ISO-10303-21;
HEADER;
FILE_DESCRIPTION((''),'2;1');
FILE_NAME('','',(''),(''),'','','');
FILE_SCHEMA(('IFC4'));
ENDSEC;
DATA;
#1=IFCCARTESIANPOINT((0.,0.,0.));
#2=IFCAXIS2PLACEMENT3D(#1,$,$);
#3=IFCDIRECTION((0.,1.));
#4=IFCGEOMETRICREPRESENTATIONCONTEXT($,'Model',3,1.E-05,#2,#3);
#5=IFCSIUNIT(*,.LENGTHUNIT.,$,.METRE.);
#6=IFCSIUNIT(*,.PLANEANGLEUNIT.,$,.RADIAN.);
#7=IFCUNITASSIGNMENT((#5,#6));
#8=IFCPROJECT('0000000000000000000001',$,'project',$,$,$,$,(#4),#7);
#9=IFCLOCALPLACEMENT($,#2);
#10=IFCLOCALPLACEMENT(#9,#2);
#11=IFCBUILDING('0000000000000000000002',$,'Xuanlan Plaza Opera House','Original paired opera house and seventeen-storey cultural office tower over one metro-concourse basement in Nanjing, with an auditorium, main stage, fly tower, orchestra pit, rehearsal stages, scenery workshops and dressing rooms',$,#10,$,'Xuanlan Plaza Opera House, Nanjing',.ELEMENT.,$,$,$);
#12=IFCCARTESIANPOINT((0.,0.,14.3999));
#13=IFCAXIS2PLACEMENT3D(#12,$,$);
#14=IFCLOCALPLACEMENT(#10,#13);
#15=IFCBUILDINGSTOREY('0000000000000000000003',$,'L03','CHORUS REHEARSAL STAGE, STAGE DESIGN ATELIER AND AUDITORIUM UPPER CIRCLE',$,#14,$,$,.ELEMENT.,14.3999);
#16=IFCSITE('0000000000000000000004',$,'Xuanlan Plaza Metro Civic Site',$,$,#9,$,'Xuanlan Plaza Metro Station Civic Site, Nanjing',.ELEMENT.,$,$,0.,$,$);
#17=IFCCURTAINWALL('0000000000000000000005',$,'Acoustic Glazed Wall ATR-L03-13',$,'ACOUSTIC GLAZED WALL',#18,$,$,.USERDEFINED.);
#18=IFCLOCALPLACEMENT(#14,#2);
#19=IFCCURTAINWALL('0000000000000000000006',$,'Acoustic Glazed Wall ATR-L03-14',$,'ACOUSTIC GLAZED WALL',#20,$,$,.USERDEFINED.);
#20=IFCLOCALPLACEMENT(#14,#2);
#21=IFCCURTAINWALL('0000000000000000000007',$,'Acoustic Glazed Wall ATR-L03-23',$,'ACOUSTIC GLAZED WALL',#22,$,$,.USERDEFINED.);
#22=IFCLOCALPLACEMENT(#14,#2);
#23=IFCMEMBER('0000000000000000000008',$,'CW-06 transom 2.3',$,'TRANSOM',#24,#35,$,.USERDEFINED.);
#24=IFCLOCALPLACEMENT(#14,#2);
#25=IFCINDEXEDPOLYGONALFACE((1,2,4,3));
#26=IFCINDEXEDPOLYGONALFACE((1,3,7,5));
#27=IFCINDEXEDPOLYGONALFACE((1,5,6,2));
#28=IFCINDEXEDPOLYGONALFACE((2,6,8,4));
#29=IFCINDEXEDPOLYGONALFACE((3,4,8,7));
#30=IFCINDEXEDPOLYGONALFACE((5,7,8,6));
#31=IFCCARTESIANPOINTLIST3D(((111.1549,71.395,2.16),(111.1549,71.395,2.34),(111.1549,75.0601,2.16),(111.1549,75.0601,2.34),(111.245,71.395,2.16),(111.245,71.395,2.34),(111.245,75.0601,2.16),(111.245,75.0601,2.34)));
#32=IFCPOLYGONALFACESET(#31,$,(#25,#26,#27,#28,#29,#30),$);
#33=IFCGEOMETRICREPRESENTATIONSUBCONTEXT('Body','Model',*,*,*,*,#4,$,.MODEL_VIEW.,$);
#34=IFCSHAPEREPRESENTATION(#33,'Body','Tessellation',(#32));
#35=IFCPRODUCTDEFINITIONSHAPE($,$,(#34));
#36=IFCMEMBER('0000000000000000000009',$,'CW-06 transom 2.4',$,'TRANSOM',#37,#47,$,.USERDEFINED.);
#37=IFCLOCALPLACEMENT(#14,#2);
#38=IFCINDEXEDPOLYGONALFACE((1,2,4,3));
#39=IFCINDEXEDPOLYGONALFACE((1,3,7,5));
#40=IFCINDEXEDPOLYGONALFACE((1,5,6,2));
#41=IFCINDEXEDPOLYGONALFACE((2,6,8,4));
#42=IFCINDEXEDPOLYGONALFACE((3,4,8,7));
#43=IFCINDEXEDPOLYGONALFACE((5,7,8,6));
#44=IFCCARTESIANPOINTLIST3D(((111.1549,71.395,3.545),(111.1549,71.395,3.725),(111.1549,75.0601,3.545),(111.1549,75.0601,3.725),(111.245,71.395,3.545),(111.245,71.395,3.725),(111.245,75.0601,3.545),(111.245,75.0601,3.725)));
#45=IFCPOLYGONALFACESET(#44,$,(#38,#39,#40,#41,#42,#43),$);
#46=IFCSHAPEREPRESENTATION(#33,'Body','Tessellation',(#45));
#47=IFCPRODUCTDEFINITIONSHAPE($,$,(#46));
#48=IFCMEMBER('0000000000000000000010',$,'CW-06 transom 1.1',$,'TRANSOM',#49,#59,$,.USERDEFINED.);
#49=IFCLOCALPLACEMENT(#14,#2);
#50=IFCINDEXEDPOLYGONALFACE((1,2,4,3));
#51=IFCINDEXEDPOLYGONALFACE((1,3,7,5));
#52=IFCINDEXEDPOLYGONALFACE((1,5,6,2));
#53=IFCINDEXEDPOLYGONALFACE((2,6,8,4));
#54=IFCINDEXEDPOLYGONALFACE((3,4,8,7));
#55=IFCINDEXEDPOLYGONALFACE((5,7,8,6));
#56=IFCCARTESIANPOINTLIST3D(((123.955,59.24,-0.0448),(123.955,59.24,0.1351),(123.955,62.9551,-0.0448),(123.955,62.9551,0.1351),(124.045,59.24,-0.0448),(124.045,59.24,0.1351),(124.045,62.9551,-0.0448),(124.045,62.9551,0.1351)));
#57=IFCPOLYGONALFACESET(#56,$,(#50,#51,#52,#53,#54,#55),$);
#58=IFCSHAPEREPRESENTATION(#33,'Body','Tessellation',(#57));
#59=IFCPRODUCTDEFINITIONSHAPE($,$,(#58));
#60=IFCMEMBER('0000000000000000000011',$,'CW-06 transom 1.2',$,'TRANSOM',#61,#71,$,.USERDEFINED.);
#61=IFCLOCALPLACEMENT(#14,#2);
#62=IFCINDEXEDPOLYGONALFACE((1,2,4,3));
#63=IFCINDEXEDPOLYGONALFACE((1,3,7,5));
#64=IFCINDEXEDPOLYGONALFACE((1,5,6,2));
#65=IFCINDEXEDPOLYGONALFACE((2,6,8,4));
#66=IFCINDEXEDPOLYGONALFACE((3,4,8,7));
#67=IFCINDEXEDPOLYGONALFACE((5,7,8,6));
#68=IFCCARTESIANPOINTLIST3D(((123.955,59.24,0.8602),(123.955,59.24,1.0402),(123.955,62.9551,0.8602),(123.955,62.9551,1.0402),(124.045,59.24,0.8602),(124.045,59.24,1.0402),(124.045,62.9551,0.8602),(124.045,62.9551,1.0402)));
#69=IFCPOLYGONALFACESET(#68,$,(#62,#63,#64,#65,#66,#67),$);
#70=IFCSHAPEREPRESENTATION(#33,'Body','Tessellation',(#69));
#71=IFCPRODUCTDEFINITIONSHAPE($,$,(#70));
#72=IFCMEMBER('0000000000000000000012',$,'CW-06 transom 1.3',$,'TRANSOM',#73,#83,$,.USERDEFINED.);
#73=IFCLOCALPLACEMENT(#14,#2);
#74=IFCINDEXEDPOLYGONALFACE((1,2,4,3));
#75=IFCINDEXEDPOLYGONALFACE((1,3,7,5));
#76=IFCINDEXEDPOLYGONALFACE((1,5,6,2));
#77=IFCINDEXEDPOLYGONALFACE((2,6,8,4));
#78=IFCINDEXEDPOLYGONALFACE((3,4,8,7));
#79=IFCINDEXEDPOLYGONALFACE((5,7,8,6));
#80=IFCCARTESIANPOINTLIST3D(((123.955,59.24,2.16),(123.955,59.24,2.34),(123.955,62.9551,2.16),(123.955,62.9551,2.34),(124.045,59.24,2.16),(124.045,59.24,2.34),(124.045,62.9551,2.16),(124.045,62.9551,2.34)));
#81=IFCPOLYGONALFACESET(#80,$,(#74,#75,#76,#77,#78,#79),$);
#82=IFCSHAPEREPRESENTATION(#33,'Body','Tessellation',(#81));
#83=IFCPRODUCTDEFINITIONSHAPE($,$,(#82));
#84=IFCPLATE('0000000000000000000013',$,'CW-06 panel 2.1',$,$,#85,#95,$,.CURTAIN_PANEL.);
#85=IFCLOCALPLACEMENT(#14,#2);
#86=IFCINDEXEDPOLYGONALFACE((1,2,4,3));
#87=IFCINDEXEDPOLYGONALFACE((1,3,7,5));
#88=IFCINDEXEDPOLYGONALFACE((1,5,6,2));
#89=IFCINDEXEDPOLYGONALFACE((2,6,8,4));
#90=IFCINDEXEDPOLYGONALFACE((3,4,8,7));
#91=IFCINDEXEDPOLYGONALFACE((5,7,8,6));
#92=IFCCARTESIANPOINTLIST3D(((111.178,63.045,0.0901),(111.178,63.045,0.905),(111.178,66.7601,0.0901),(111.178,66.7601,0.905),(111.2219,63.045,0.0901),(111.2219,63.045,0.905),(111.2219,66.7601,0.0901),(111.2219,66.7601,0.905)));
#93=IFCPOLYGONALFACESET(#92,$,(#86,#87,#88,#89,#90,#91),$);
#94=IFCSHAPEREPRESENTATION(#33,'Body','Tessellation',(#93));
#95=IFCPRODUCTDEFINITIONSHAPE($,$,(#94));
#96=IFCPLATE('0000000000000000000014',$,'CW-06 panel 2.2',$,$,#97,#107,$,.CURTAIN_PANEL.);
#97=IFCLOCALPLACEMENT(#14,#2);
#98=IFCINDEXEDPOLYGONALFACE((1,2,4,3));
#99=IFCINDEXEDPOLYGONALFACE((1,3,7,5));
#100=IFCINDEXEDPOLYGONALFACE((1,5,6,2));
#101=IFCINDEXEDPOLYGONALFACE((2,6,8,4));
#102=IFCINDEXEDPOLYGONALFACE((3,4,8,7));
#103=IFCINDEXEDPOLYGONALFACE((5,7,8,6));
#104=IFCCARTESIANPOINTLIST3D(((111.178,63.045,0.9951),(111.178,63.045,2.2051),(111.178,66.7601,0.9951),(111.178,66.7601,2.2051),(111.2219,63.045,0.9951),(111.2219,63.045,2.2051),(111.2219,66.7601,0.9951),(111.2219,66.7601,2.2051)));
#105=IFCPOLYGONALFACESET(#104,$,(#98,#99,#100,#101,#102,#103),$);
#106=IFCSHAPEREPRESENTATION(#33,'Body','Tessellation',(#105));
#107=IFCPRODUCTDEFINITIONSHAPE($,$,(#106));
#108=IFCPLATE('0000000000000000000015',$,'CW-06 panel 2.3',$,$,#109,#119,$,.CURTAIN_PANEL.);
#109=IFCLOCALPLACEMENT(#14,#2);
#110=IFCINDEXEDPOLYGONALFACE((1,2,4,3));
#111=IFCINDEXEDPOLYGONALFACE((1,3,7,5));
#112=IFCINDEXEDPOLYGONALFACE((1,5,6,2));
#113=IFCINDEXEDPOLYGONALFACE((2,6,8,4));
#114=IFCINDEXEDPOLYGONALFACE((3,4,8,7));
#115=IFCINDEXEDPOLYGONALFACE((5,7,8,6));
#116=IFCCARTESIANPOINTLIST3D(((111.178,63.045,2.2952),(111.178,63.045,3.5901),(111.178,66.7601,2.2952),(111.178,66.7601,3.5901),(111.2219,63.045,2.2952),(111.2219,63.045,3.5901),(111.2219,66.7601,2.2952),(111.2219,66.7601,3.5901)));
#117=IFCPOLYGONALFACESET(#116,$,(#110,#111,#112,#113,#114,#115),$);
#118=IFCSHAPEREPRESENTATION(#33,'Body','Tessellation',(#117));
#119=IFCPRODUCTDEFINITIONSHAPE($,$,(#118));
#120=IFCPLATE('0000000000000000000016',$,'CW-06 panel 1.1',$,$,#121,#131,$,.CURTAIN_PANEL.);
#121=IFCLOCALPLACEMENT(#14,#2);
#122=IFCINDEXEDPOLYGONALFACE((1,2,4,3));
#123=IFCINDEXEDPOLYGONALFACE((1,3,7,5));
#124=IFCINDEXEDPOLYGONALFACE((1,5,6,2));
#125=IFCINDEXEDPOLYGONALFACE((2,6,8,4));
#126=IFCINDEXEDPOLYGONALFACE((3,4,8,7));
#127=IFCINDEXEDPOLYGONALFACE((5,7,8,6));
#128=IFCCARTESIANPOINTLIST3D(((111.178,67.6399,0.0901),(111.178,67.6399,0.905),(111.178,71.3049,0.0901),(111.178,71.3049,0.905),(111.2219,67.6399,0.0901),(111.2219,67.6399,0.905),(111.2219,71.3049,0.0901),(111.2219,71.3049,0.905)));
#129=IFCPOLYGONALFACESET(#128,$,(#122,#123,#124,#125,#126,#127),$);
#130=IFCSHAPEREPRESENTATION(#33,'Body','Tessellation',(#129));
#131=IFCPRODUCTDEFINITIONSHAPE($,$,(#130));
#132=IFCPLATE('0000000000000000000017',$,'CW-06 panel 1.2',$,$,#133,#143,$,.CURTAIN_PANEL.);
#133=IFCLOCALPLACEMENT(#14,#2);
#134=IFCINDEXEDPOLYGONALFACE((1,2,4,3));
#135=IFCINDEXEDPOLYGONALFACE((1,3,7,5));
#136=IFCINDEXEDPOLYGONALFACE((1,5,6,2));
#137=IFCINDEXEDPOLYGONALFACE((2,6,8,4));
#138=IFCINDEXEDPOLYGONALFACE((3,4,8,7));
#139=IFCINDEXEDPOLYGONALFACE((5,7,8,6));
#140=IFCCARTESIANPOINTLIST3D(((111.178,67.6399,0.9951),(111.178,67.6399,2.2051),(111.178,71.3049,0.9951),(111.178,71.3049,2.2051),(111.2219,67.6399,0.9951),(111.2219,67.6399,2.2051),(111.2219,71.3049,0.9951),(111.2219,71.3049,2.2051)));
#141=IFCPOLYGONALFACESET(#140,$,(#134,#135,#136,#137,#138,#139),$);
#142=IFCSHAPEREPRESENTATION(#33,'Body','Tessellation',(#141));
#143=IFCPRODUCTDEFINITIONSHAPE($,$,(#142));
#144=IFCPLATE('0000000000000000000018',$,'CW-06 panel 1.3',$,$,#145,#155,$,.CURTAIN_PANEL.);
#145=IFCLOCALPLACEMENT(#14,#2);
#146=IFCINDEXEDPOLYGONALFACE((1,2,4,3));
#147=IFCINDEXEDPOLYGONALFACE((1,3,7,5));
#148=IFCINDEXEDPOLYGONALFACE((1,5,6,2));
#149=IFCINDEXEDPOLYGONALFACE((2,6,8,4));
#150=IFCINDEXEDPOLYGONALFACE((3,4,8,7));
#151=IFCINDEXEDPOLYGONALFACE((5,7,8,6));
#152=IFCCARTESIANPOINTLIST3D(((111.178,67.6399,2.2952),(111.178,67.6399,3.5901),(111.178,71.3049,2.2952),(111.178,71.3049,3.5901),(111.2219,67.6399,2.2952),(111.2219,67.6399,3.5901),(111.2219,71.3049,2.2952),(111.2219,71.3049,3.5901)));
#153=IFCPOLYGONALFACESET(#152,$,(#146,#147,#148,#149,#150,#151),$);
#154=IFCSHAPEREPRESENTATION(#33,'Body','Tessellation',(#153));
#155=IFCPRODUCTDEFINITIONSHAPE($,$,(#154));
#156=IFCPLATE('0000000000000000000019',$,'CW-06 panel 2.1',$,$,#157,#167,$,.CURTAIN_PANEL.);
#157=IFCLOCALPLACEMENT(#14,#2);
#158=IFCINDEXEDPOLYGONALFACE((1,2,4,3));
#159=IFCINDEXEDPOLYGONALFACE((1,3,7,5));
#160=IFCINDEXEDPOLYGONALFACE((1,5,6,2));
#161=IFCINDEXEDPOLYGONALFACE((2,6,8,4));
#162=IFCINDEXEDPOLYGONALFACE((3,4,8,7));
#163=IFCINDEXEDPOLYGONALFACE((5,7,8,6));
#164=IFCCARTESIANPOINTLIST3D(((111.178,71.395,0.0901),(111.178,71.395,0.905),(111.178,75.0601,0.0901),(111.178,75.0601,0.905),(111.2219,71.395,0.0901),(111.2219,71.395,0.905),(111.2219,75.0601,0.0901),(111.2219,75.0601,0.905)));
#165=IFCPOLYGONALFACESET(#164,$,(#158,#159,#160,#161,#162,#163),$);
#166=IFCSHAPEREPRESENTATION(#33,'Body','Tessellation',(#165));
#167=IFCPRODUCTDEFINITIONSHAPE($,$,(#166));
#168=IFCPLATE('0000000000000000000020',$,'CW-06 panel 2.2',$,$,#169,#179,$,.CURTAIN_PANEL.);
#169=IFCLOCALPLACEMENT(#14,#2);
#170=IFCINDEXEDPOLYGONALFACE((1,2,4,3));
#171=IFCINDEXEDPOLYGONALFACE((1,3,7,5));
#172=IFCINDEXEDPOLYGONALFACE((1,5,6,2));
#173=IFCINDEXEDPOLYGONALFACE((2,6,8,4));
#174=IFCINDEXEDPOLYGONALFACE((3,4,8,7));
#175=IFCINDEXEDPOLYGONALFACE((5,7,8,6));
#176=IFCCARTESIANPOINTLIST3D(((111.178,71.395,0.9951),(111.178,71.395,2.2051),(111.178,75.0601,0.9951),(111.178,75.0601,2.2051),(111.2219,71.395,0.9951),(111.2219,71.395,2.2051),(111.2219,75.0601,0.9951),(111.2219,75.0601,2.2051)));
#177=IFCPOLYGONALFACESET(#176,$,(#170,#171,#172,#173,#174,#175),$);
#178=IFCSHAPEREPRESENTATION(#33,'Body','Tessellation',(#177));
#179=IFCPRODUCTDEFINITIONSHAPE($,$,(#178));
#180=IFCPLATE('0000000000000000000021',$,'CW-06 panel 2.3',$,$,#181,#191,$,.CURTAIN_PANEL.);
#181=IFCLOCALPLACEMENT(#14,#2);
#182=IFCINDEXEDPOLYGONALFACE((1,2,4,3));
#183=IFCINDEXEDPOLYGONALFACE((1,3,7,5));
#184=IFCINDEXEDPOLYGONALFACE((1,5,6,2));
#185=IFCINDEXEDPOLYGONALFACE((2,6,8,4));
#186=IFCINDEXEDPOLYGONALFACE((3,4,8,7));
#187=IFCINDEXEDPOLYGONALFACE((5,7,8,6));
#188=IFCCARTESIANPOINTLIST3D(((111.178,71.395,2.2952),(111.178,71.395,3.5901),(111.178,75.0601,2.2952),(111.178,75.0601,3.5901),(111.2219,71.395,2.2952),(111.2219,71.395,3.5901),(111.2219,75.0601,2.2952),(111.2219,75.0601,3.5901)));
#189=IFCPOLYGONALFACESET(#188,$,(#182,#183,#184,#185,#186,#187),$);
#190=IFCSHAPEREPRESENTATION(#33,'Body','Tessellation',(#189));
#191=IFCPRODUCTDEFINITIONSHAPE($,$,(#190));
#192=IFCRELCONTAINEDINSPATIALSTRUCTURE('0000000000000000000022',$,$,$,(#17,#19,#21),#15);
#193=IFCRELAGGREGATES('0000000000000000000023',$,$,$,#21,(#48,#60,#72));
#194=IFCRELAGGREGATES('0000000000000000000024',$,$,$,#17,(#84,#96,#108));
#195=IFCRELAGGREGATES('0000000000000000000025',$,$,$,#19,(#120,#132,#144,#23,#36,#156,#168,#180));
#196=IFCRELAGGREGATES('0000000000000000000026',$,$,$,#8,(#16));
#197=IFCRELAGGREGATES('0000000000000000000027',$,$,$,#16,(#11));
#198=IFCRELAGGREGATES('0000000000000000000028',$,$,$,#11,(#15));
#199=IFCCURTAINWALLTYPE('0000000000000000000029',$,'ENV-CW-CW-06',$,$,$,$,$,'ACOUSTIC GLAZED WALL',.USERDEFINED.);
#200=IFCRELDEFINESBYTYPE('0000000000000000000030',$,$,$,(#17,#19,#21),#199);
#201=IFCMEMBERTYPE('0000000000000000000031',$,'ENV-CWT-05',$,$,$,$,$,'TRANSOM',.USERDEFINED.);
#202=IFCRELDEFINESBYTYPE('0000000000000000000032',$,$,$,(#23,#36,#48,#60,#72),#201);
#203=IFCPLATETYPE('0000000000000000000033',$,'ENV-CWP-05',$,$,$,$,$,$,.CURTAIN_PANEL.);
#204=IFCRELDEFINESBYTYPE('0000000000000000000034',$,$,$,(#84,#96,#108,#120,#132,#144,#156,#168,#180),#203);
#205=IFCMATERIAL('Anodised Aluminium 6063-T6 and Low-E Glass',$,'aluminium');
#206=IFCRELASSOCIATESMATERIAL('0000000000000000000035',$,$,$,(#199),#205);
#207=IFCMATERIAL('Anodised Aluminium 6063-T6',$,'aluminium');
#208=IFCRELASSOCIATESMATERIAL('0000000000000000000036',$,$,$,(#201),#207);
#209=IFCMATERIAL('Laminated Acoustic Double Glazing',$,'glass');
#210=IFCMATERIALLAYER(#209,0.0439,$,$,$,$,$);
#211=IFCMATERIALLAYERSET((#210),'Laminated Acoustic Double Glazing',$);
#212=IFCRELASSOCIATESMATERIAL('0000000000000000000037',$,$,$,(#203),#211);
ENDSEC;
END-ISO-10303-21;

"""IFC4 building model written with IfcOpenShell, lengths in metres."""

from ifc_helpers import new_model, si_unit, direction, frame, origin, origin_2d, place, context, subcontext, project, spatial, rectangle, extrude, material, layer, layer_set, material_profile, profile_set, type_object, element, aggregate, save


model = new_model("IFC4")

# Units and contexts
model_context = context("Model", 3, precision=1e-05, world=origin(), true_north=direction((0.0, 1.0)))
body_context = subcontext(model_context, "Body", "Model", "MODEL_VIEW")
ifc_project = project(units=[si_unit("LENGTHUNIT", "METRE"), si_unit("PLANEANGLEUNIT", "RADIAN")], contexts=[model_context])

# Site, building, storey
site_placement = place(None, origin())
site = spatial("IfcSite", under=ifc_project, at=site_placement, Name="Xuanlan Plaza Metro Civic Site", LongName="Xuanlan Plaza Metro Station Civic Site, Nanjing", CompositionType="ELEMENT", RefElevation=0.0)
building_placement = place(site_placement, origin())
building = spatial("IfcBuilding", under=site, at=building_placement, Name="Xuanlan Plaza Opera House", Description="Original paired opera house and seventeen-storey cultural office tower over one metro-concourse basement in Nanjing, with an auditorium, main stage, fly tower, orchestra pit, rehearsal stages, scenery workshops and dressing rooms", LongName="Xuanlan Plaza Opera House, Nanjing", CompositionType="ELEMENT")
storey_placement = place(building_placement, frame((0.0, 0.0, 14.3999)))
storey = spatial("IfcBuildingStorey", under=building, at=storey_placement, Name="L03", Description="CHORUS REHEARSAL STAGE, STAGE DESIGN ATELIER AND AUDITORIUM UPPER CIRCLE", CompositionType="ELEMENT", Elevation=14.3999)

# Curtain wall
ifc_material_1 = material(Name="Anodised Aluminium 6063-T6 and Low-E Glass", Category="aluminium")
curtain_wall_type = type_object("IfcCurtainWallType", Name="ENV-CW-CW-06", ElementType="ACOUSTIC GLAZED WALL", PredefinedType="USERDEFINED", material=ifc_material_1)
curtain_wall_1_placement = place(storey_placement, origin())
curtain_wall_1 = element("IfcCurtainWall", 1, at=curtain_wall_1_placement, inside=storey, type_object=curtain_wall_type, Name="Acoustic Glazed Wall ATR-L03-13", ObjectType="ACOUSTIC GLAZED WALL", PredefinedType="USERDEFINED")
ifc_material_2 = material(Name="Anodised Aluminium 6063-T6", Category="aluminium")

# Curtain wall
curtain_wall_2_placement = place(storey_placement, origin())
curtain_wall_2 = element("IfcCurtainWall", 2, at=curtain_wall_2_placement, inside=storey, type_object=curtain_wall_type, Name="Acoustic Glazed Wall ATR-L03-14", ObjectType="ACOUSTIC GLAZED WALL", PredefinedType="USERDEFINED")

# Curtain wall
curtain_wall_3_placement = place(storey_placement, origin())
curtain_wall_3 = element("IfcCurtainWall", 3, at=curtain_wall_3_placement, inside=storey, type_object=curtain_wall_type, Name="Acoustic Glazed Wall ATR-L03-23", ObjectType="ACOUSTIC GLAZED WALL", PredefinedType="USERDEFINED")

# Members
ifc_material_profile_1 = material_profile(ifc_material_2, rectangle(XDim=0.0901, YDim=0.1799, at=origin_2d()), Name="ALU-T 90x180")
ifc_profile_set_1 = profile_set([ifc_material_profile_1], Name="Anodised Aluminium 6063-T6")
member_type_1 = type_object("IfcMemberType", Name="ENV-CWT-05", ElementType="TRANSOM", PredefinedType="USERDEFINED", material=ifc_profile_set_1)
member_1_placement = place(storey_placement, frame((111.2, 71.395, 2.25), z_axis=(0.0, 1.0, 0.0), x_axis=(-1.0, 0.0, 0.0)))
member_1 = element("IfcMember", 4, at=member_1_placement, type_object=member_type_1, Name="CW-06 transom 2.3", ObjectType="TRANSOM", PredefinedType="USERDEFINED", context=body_context, shape_type="SweptSolid", body=[
    extrude(rectangle(XDim=0.0901, YDim=0.1799, at=origin_2d()), origin(), (0.0, 0.0, 1.0), 3.665),
])
member_2_placement = place(storey_placement, frame((111.2, 71.395, 3.635), z_axis=(0.0, 1.0, 0.0), x_axis=(-1.0, 0.0, 0.0)))
member_2 = element("IfcMember", 5, at=member_2_placement, type_object=member_type_1, Name="CW-06 transom 2.4", ObjectType="TRANSOM", PredefinedType="USERDEFINED", context=body_context, shape_type="SweptSolid", body=[
    extrude(rectangle(XDim=0.0901, YDim=0.1799, at=origin_2d()), origin(), (0.0, 0.0, 1.0), 3.665),
])
member_3_placement = place(storey_placement, frame((124.0, 59.24, 0.0452), z_axis=(0.0, 1.0, 0.0), x_axis=(-1.0, 0.0, 0.0)))
member_3 = element("IfcMember", 6, at=member_3_placement, type_object=member_type_1, Name="CW-06 transom 1.1", ObjectType="TRANSOM", PredefinedType="USERDEFINED", context=body_context, shape_type="SweptSolid", body=[
    extrude(rectangle(XDim=0.0901, YDim=0.1799, at=origin_2d()), origin(), (0.0, 0.0, 1.0), 3.7151),
])
member_4_placement = place(storey_placement, frame((124.0, 59.24, 0.9502), z_axis=(0.0, 1.0, 0.0), x_axis=(-1.0, 0.0, 0.0)))
member_4 = element("IfcMember", 7, at=member_4_placement, type_object=member_type_1, Name="CW-06 transom 1.2", ObjectType="TRANSOM", PredefinedType="USERDEFINED", context=body_context, shape_type="SweptSolid", body=[
    extrude(rectangle(XDim=0.0901, YDim=0.1799, at=origin_2d()), origin(), (0.0, 0.0, 1.0), 3.7151),
])
member_5_placement = place(storey_placement, frame((124.0, 59.24, 2.25), z_axis=(0.0, 1.0, 0.0), x_axis=(-1.0, 0.0, 0.0)))
member_5 = element("IfcMember", 8, at=member_5_placement, type_object=member_type_1, Name="CW-06 transom 1.3", ObjectType="TRANSOM", PredefinedType="USERDEFINED", context=body_context, shape_type="SweptSolid", body=[
    extrude(rectangle(XDim=0.0901, YDim=0.1799, at=origin_2d()), origin(), (0.0, 0.0, 1.0), 3.7151),
])
aggregate(curtain_wall_3, [member_3, member_4, member_5])

# Plates
ifc_material_3 = material(Name="Laminated Acoustic Double Glazing", Category="glass")
ifc_layer = layer(ifc_material_3, 0.0439)
ifc_layer_set = layer_set([ifc_layer], Name="Laminated Acoustic Double Glazing")
plate_type = type_object("IfcPlateType", Name="ENV-CWP-05", PredefinedType="CURTAIN_PANEL", material=ifc_layer_set)
plate_1_placement = place(storey_placement, frame((111.2, 64.9026, 0.0901), z_axis=(0.0, 0.0, 1.0), x_axis=(0.0, 1.0, 0.0)))
plate_1 = element("IfcPlate", 9, at=plate_1_placement, type_object=plate_type, Name="CW-06 panel 2.1", PredefinedType="CURTAIN_PANEL", context=body_context, shape_type="SweptSolid", body=[
    extrude(rectangle(XDim=3.7151, YDim=0.0439, at=origin_2d()), origin(), (0.0, 0.0, 1.0), 0.8149),
])
plate_2_placement = place(storey_placement, frame((111.2, 64.9026, 0.9951), z_axis=(0.0, 0.0, 1.0), x_axis=(0.0, 1.0, 0.0)))
plate_2 = element("IfcPlate", 10, at=plate_2_placement, type_object=plate_type, Name="CW-06 panel 2.2", PredefinedType="CURTAIN_PANEL", context=body_context, shape_type="SweptSolid", body=[
    extrude(rectangle(XDim=3.7151, YDim=0.0439, at=origin_2d()), origin(), (0.0, 0.0, 1.0), 1.21),
])
plate_3_placement = place(storey_placement, frame((111.2, 64.9026, 2.2952), z_axis=(0.0, 0.0, 1.0), x_axis=(0.0, 1.0, 0.0)))
plate_3 = element("IfcPlate", 11, at=plate_3_placement, type_object=plate_type, Name="CW-06 panel 2.3", PredefinedType="CURTAIN_PANEL", context=body_context, shape_type="SweptSolid", body=[
    extrude(rectangle(XDim=3.7151, YDim=0.0439, at=origin_2d()), origin(), (0.0, 0.0, 1.0), 1.2949),
])
aggregate(curtain_wall_1, [plate_1, plate_2, plate_3])
plate_4_placement = place(storey_placement, frame((111.2, 69.4724, 0.0901), z_axis=(0.0, 0.0, 1.0), x_axis=(0.0, 1.0, 0.0)))
plate_4 = element("IfcPlate", 12, at=plate_4_placement, type_object=plate_type, Name="CW-06 panel 1.1", PredefinedType="CURTAIN_PANEL", context=body_context, shape_type="SweptSolid", body=[
    extrude(rectangle(XDim=3.665, YDim=0.0439, at=origin_2d()), origin(), (0.0, 0.0, 1.0), 0.8149),
])
plate_5_placement = place(storey_placement, frame((111.2, 69.4724, 0.9951), z_axis=(0.0, 0.0, 1.0), x_axis=(0.0, 1.0, 0.0)))
plate_5 = element("IfcPlate", 13, at=plate_5_placement, type_object=plate_type, Name="CW-06 panel 1.2", PredefinedType="CURTAIN_PANEL", context=body_context, shape_type="SweptSolid", body=[
    extrude(rectangle(XDim=3.665, YDim=0.0439, at=origin_2d()), origin(), (0.0, 0.0, 1.0), 1.21),
])
plate_6_placement = place(storey_placement, frame((111.2, 69.4724, 2.2952), z_axis=(0.0, 0.0, 1.0), x_axis=(0.0, 1.0, 0.0)))
plate_6 = element("IfcPlate", 14, at=plate_6_placement, type_object=plate_type, Name="CW-06 panel 1.3", PredefinedType="CURTAIN_PANEL", context=body_context, shape_type="SweptSolid", body=[
    extrude(rectangle(XDim=3.665, YDim=0.0439, at=origin_2d()), origin(), (0.0, 0.0, 1.0), 1.2949),
])
plate_7_placement = place(storey_placement, frame((111.2, 73.2275, 0.0901), z_axis=(0.0, 0.0, 1.0), x_axis=(0.0, 1.0, 0.0)))
plate_7 = element("IfcPlate", 15, at=plate_7_placement, type_object=plate_type, Name="CW-06 panel 2.1", PredefinedType="CURTAIN_PANEL", context=body_context, shape_type="SweptSolid", body=[
    extrude(rectangle(XDim=3.665, YDim=0.0439, at=origin_2d()), origin(), (0.0, 0.0, 1.0), 0.8149),
])
plate_8_placement = place(storey_placement, frame((111.2, 73.2275, 0.9951), z_axis=(0.0, 0.0, 1.0), x_axis=(0.0, 1.0, 0.0)))
plate_8 = element("IfcPlate", 16, at=plate_8_placement, type_object=plate_type, Name="CW-06 panel 2.2", PredefinedType="CURTAIN_PANEL", context=body_context, shape_type="SweptSolid", body=[
    extrude(rectangle(XDim=3.665, YDim=0.0439, at=origin_2d()), origin(), (0.0, 0.0, 1.0), 1.21),
])
plate_9_placement = place(storey_placement, frame((111.2, 73.2275, 2.2952), z_axis=(0.0, 0.0, 1.0), x_axis=(0.0, 1.0, 0.0)))
plate_9 = element("IfcPlate", 17, at=plate_9_placement, type_object=plate_type, Name="CW-06 panel 2.3", PredefinedType="CURTAIN_PANEL", context=body_context, shape_type="SweptSolid", body=[
    extrude(rectangle(XDim=3.665, YDim=0.0439, at=origin_2d()), origin(), (0.0, 0.0, 1.0), 1.2949),
])
aggregate(curtain_wall_2, [plate_4, plate_5, plate_6, member_1, member_2, plate_7, plate_8, plate_9])

save(model, "model.ifc")
